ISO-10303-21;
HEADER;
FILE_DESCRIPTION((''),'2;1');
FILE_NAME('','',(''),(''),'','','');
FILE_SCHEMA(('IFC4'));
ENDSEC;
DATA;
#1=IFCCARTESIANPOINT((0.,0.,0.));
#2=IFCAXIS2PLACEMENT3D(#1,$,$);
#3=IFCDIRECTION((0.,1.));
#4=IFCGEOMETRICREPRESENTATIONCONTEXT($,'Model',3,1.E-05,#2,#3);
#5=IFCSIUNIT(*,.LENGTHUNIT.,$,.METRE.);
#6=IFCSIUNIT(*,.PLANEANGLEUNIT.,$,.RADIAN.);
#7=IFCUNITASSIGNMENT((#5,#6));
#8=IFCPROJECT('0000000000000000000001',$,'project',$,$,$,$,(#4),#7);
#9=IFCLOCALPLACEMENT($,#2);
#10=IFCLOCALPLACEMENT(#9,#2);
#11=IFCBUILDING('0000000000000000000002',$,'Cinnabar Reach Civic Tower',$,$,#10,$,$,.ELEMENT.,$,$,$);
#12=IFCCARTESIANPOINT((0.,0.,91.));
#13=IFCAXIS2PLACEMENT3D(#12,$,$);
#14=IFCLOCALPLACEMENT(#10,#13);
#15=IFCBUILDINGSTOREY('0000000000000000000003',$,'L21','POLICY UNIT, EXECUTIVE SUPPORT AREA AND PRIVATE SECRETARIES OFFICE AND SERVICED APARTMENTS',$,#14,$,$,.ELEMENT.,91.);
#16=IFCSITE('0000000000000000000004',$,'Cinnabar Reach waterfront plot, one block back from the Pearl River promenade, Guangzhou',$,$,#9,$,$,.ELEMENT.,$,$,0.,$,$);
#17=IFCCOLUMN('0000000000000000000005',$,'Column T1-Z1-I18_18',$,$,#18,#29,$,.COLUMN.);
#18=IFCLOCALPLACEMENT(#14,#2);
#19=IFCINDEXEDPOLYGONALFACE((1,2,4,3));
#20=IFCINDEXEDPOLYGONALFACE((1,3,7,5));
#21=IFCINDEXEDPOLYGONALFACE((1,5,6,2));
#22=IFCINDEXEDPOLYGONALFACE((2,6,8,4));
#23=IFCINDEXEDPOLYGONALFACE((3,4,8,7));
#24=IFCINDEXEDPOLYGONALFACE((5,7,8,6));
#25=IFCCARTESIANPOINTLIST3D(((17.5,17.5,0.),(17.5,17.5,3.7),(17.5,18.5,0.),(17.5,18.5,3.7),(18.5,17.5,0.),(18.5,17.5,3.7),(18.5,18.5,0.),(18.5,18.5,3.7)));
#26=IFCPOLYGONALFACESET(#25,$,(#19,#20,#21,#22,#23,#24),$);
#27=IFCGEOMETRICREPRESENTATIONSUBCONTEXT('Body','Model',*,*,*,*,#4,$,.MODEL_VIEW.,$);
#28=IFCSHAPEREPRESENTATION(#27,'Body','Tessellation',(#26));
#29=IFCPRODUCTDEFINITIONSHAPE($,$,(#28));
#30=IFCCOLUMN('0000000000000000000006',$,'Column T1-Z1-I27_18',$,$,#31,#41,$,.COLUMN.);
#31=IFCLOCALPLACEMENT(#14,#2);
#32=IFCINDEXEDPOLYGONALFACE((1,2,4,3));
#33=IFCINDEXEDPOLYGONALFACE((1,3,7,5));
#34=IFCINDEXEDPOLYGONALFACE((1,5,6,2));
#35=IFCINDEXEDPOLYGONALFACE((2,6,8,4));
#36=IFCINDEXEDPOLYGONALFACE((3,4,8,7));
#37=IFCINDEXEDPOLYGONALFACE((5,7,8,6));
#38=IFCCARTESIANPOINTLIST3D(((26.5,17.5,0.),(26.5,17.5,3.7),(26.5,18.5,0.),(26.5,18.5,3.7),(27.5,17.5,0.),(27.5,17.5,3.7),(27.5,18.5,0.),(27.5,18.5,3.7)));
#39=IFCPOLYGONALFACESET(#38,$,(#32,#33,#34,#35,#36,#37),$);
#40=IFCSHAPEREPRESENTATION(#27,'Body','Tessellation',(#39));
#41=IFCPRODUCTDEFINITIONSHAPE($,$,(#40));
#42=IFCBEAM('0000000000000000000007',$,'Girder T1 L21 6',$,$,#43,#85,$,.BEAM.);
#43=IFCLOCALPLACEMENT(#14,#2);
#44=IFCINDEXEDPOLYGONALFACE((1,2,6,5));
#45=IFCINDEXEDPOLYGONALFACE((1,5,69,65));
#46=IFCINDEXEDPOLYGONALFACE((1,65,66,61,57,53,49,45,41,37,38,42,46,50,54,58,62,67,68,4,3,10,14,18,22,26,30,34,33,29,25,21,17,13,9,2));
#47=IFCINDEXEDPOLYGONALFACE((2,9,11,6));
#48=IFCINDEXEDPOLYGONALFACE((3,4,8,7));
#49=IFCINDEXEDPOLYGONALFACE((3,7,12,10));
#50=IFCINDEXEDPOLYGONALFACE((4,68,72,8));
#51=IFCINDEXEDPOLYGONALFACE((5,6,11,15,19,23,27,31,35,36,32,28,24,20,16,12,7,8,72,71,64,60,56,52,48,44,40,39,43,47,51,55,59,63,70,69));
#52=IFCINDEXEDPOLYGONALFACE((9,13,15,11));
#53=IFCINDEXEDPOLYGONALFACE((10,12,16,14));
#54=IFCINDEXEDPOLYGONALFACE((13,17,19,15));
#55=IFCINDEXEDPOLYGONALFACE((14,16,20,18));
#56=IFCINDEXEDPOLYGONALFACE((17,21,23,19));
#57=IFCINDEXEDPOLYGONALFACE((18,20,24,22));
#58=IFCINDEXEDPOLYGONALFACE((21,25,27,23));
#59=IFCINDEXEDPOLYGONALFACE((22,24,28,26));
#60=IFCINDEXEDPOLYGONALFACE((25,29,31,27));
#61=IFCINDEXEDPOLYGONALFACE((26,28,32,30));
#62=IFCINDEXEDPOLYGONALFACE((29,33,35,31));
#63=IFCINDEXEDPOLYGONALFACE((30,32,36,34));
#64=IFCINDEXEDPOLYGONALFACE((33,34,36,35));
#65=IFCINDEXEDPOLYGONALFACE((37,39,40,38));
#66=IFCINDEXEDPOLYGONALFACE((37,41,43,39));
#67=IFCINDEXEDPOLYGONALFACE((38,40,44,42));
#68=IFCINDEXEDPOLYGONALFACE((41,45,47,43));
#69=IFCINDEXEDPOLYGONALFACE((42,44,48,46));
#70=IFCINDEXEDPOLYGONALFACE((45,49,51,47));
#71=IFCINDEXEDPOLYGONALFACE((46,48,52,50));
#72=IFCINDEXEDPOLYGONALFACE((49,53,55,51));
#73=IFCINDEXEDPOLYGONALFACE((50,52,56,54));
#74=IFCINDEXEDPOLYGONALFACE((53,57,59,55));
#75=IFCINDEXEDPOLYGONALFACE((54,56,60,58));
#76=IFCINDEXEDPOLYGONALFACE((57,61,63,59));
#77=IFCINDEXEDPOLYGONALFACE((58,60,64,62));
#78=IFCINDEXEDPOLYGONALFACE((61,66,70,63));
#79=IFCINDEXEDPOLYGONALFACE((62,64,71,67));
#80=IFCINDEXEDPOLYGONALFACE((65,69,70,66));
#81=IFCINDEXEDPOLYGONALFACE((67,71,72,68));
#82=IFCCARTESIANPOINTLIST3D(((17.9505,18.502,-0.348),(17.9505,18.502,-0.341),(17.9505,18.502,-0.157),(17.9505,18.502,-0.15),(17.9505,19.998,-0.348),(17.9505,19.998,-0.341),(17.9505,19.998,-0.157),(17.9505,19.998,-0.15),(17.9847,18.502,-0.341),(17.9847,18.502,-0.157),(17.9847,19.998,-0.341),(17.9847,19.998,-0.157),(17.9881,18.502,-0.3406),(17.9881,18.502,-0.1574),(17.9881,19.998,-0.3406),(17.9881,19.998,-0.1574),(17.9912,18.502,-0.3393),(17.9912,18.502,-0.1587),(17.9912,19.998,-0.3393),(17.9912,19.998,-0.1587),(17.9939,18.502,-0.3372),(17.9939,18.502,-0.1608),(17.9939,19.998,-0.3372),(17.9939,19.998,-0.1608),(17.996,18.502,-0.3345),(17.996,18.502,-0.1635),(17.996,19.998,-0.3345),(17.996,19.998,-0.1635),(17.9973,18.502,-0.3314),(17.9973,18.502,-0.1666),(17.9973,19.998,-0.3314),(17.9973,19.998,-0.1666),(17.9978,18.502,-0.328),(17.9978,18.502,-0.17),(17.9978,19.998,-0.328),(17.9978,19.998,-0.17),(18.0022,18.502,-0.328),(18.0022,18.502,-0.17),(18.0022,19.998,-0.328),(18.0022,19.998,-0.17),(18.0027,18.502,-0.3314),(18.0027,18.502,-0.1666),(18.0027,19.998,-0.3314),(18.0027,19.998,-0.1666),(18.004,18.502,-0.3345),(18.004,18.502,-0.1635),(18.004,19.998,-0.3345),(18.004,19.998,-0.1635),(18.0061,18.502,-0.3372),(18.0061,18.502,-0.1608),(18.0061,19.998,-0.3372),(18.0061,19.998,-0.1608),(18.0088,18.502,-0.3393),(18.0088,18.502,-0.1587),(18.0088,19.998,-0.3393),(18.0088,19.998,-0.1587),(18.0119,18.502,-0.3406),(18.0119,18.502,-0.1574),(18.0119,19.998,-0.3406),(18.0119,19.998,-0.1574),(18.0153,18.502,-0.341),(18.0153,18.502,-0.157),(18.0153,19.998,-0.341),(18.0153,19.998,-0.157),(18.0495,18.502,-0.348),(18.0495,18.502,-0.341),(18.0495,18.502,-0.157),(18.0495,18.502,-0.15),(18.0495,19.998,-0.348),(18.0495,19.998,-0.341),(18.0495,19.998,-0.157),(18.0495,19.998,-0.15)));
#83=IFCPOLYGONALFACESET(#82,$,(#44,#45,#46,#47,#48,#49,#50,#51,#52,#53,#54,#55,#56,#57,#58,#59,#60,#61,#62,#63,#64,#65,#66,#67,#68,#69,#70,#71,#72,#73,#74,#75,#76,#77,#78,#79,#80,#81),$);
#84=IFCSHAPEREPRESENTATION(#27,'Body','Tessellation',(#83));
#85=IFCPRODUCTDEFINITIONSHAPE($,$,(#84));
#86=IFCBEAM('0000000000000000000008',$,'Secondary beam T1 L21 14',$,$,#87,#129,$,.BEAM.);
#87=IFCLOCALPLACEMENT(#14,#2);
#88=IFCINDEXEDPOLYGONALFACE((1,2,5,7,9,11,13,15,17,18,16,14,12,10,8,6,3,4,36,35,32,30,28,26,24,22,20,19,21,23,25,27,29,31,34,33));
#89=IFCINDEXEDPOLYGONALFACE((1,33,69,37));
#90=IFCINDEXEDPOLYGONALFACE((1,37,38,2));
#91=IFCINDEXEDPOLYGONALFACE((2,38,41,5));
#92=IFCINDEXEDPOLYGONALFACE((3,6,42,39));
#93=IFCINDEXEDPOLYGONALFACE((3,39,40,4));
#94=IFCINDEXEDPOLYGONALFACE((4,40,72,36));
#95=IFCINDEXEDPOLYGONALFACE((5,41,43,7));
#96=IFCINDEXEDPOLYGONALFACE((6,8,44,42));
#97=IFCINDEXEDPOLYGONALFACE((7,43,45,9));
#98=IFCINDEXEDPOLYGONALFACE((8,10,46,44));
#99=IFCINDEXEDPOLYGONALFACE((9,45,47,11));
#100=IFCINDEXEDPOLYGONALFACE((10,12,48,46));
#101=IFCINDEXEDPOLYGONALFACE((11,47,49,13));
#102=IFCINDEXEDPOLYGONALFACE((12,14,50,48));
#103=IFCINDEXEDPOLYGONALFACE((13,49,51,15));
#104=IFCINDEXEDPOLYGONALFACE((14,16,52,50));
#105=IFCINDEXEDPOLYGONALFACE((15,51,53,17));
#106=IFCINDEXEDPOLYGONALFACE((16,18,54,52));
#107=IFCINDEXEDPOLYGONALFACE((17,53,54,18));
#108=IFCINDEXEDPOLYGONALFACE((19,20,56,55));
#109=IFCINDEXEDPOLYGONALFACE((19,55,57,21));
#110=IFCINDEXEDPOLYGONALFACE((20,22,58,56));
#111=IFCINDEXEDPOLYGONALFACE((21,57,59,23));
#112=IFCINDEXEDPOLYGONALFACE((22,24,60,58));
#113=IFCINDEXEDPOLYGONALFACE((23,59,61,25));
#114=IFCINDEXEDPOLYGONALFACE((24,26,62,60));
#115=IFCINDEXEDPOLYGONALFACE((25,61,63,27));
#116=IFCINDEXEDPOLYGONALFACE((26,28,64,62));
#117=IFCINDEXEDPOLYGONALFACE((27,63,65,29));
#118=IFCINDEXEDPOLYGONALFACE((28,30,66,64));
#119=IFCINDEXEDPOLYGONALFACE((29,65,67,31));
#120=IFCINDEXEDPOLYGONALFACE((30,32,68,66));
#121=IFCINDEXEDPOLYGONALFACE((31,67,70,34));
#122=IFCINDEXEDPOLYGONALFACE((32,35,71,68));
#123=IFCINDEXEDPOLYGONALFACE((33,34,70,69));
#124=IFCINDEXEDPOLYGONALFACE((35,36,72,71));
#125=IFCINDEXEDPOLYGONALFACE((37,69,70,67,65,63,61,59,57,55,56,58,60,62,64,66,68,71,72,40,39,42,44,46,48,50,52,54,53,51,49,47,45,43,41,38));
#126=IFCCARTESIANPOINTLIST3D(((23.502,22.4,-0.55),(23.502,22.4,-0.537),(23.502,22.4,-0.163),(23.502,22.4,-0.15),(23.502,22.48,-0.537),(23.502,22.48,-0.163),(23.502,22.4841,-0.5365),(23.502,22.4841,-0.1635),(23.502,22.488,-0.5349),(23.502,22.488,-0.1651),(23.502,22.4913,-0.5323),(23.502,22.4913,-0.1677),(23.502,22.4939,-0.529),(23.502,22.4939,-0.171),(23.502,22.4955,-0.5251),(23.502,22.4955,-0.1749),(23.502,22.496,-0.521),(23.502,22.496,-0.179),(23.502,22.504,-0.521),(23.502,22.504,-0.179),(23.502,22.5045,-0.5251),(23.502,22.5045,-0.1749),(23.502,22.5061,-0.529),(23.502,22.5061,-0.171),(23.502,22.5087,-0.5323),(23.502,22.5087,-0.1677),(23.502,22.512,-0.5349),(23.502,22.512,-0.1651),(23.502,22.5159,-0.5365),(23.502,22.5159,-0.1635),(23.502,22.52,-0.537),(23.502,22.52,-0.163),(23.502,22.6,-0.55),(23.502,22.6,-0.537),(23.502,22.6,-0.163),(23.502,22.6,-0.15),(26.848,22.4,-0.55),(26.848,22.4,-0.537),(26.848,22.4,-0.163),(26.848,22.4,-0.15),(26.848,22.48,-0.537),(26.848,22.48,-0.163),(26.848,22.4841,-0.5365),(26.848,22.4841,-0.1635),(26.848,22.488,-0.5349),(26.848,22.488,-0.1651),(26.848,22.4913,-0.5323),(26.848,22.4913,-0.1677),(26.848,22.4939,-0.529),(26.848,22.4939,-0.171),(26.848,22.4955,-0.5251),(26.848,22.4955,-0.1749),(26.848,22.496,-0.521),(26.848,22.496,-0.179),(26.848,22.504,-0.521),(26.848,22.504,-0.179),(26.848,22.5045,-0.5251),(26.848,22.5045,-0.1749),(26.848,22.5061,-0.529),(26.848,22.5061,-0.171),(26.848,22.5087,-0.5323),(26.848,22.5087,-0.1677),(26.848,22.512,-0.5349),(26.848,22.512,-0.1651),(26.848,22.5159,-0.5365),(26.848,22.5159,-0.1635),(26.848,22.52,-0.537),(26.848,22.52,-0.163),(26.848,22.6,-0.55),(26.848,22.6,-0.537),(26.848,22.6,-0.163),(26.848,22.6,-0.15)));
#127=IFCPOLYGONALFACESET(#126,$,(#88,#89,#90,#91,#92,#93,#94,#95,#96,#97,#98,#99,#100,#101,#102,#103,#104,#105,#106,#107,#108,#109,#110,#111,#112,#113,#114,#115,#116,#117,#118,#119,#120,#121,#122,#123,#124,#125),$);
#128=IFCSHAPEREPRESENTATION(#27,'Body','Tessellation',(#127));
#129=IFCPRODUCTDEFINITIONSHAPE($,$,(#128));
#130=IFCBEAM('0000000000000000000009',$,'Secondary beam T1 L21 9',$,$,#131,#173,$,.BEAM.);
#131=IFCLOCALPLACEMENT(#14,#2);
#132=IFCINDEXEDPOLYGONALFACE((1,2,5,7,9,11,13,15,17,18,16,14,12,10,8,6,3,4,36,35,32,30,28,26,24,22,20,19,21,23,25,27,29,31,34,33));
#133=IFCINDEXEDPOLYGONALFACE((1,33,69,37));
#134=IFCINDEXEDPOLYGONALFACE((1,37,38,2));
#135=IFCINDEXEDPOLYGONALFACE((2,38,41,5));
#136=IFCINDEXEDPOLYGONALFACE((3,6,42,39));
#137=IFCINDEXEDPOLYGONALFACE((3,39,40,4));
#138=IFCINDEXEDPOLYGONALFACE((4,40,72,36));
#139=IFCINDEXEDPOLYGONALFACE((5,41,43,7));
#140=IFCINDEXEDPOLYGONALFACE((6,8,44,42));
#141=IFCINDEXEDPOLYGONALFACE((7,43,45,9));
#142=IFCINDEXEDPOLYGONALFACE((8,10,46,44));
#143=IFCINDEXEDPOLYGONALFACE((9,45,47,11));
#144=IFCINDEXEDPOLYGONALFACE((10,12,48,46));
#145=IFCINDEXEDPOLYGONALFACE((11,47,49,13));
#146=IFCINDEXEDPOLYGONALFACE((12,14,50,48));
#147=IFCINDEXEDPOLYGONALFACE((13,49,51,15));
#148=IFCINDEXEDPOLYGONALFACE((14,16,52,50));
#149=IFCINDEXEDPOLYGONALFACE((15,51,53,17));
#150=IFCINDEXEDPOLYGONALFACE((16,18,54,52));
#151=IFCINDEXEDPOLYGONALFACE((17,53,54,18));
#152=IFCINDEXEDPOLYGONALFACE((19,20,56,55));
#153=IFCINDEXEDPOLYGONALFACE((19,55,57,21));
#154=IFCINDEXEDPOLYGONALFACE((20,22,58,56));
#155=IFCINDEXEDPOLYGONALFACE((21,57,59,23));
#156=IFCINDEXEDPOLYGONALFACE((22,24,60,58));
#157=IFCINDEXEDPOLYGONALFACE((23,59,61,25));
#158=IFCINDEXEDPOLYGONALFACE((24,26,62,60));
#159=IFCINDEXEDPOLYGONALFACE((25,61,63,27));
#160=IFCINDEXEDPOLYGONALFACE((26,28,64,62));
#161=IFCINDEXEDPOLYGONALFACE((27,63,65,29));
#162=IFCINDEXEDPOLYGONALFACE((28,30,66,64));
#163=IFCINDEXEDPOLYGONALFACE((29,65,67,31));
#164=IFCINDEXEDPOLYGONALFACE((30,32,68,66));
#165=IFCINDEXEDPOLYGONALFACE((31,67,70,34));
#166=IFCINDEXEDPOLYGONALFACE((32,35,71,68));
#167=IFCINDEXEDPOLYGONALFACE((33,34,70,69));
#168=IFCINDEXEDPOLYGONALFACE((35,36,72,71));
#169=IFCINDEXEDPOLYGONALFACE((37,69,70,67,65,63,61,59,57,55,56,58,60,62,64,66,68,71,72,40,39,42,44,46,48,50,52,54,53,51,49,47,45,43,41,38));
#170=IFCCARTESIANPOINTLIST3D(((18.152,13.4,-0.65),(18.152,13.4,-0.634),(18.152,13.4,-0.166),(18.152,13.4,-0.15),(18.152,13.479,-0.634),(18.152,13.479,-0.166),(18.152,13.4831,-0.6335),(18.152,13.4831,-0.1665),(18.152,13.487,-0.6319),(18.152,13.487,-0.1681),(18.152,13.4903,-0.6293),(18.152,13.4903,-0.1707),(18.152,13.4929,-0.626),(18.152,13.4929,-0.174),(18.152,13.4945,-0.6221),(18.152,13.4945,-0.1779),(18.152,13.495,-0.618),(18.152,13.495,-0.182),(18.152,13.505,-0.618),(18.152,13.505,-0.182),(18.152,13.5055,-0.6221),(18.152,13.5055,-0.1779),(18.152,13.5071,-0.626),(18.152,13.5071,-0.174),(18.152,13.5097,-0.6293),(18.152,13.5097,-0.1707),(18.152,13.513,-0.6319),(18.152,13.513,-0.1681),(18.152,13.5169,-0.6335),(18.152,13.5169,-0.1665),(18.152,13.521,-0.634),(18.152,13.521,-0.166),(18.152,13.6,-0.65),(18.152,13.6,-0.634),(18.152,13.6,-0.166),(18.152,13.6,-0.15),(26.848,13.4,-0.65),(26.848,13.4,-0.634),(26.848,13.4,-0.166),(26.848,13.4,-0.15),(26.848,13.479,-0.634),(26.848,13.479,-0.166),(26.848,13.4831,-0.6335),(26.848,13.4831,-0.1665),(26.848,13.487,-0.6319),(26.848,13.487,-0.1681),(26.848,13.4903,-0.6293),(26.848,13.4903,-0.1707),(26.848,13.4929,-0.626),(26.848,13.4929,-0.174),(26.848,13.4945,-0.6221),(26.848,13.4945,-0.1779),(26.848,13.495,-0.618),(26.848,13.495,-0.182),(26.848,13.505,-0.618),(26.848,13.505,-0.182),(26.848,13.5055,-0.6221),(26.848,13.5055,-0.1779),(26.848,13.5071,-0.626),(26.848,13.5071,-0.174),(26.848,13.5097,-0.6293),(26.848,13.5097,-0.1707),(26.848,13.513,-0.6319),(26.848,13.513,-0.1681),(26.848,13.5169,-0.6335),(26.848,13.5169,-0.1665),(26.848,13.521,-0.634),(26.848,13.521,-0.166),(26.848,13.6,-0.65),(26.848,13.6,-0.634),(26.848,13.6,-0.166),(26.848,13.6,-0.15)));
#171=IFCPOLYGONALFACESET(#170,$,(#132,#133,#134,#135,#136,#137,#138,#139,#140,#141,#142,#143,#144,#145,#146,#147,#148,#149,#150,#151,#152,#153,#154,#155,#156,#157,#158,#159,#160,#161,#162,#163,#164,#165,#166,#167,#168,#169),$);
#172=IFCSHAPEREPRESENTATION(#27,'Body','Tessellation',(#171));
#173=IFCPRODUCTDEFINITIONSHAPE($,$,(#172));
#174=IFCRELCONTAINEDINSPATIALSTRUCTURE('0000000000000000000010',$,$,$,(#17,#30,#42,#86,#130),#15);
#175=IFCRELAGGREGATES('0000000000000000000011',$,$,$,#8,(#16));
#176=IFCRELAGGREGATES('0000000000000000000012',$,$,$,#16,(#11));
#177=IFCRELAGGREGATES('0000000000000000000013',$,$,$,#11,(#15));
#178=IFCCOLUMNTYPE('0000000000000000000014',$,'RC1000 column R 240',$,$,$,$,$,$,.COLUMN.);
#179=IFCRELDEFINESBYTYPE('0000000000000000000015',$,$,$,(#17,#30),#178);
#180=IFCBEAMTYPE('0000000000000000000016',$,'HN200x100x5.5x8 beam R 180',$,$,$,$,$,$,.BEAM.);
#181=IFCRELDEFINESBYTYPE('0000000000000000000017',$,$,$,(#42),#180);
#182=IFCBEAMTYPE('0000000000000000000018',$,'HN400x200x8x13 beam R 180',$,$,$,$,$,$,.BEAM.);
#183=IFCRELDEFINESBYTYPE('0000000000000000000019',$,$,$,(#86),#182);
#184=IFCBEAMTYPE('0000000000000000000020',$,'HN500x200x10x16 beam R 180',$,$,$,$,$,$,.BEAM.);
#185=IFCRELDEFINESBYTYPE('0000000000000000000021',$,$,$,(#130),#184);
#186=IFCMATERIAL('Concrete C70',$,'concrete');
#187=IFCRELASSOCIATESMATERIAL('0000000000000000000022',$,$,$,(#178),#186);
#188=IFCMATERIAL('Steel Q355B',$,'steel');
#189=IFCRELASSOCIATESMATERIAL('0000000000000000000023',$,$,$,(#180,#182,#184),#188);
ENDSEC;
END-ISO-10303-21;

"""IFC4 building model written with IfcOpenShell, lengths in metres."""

from ifc_helpers import new_model, si_unit, direction, frame, origin, origin_2d, place, context, subcontext, project, spatial, rectangle, i_section, extrude, material, material_profile, profile_set, type_object, element, save


model = new_model("IFC4")

# Units and contexts
model_context = context("Model", 3, precision=1e-05, world=origin(), true_north=direction((0.0, 1.0)))
body_context = subcontext(model_context, "Body", "Model", "MODEL_VIEW")
ifc_project = project(units=[si_unit("LENGTHUNIT", "METRE"), si_unit("PLANEANGLEUNIT", "RADIAN")], contexts=[model_context])

# Site, building, storey
site_placement = place(None, origin())
site = spatial("IfcSite", under=ifc_project, at=site_placement, Name="Cinnabar Reach waterfront plot, one block back from the Pearl River promenade, Guangzhou", CompositionType="ELEMENT", RefElevation=0.0)
building_placement = place(site_placement, origin())
building = spatial("IfcBuilding", under=site, at=building_placement, Name="Cinnabar Reach Civic Tower", CompositionType="ELEMENT")
storey_placement = place(building_placement, frame((0.0, 0.0, 91.0)))
storey = spatial("IfcBuildingStorey", under=building, at=storey_placement, Name="L21", Description="POLICY UNIT, EXECUTIVE SUPPORT AREA AND PRIVATE SECRETARIES OFFICE AND SERVICED APARTMENTS", CompositionType="ELEMENT", Elevation=91.0)

# Columns
ifc_material_1 = material(Name="Concrete C70", Category="concrete")
ifc_material_profile_1 = material_profile(ifc_material_1, rectangle(XDim=1.0, YDim=1.0, at=origin_2d()), Name="RC1000")
ifc_profile_set_1 = profile_set([ifc_material_profile_1], Name="Concrete C70")
column_type = type_object("IfcColumnType", Name="RC1000 column R 240", PredefinedType="COLUMN", material=ifc_profile_set_1)
for number, where, z_axis, x_axis, name in (
    (1, (18.0, 18.0, 0.0), (0.0, 0.0, 1.0), (1.0, 0.0, 0.0), "Column T1-Z1-I18_18"),
    (2, (27.0, 18.0, 0.0), (0.0, 0.0, 1.0), (1.0, 0.0, 0.0), "Column T1-Z1-I27_18"),
):
    element("IfcColumn", number, at=place(storey_placement, frame(where, z_axis=z_axis, x_axis=x_axis)), inside=storey, type_object=column_type, Name=name, PredefinedType="COLUMN", context=body_context, shape_type="SweptSolid", body=[
        extrude(rectangle(XDim=1.0, YDim=1.0, at=origin_2d()), origin(), (0.0, 0.0, 1.0), 3.7),
    ])

# Beams
ifc_material_2 = material(Name="Steel Q355B", Category="steel")
ifc_material_profile_2 = material_profile(ifc_material_2, i_section(OverallWidth=0.099, OverallDepth=0.198, WebThickness=0.0045, FlangeThickness=0.007, FilletRadius=0.013, at=origin_2d()), Name="HN200x100x5.5x8")
ifc_profile_set_2 = profile_set([ifc_material_profile_2], Name="Steel Q355B")
beam_type_1 = type_object("IfcBeamType", Name="HN200x100x5.5x8 beam R 180", PredefinedType="BEAM", material=ifc_profile_set_2)
beam_1_placement = place(storey_placement, frame((18.0, 18.502, -0.249), z_axis=(0.0, 1.0, 0.0), x_axis=(-1.0, 0.0, 0.0)))
element("IfcBeam", 3, at=beam_1_placement, inside=storey, type_object=beam_type_1, Name="Girder T1 L21 6", PredefinedType="BEAM", context=body_context, shape_type="SweptSolid", body=[
    extrude(i_section(OverallWidth=0.099, OverallDepth=0.198, WebThickness=0.0045, FlangeThickness=0.007, FilletRadius=0.013, at=origin_2d()), origin(), (0.0, 0.0, 1.0), 1.496),
])
ifc_material_profile_3 = material_profile(ifc_material_2, i_section(OverallWidth=0.2, OverallDepth=0.4, WebThickness=0.008, FlangeThickness=0.013, FilletRadius=0.016, at=origin_2d()), Name="HN400x200x8x13")
ifc_profile_set_3 = profile_set([ifc_material_profile_3], Name="Steel Q355B")
beam_type_2 = type_object("IfcBeamType", Name="HN400x200x8x13 beam R 180", PredefinedType="BEAM", material=ifc_profile_set_3)
beam_2_placement = place(storey_placement, frame((23.502, 22.5, -0.35), z_axis=(1.0, 0.0, 0.0), x_axis=(0.0, 1.0, 0.0)))
element("IfcBeam", 4, at=beam_2_placement, inside=storey, type_object=beam_type_2, Name="Secondary beam T1 L21 14", PredefinedType="BEAM", context=body_context, shape_type="SweptSolid", body=[
    extrude(i_section(OverallWidth=0.2, OverallDepth=0.4, WebThickness=0.008, FlangeThickness=0.013, FilletRadius=0.016, at=origin_2d()), origin(), (0.0, 0.0, 1.0), 3.346),
])
ifc_material_profile_4 = material_profile(ifc_material_2, i_section(OverallWidth=0.2, OverallDepth=0.5, WebThickness=0.01, FlangeThickness=0.016, FilletRadius=0.016, at=origin_2d()), Name="HN500x200x10x16")
ifc_profile_set_4 = profile_set([ifc_material_profile_4], Name="Steel Q355B")
beam_type_3 = type_object("IfcBeamType", Name="HN500x200x10x16 beam R 180", PredefinedType="BEAM", material=ifc_profile_set_4)
beam_3_placement = place(storey_placement, frame((18.152, 13.5, -0.4), z_axis=(1.0, 0.0, 0.0), x_axis=(0.0, 1.0, 0.0)))
element("IfcBeam", 5, at=beam_3_placement, inside=storey, type_object=beam_type_3, Name="Secondary beam T1 L21 9", PredefinedType="BEAM", context=body_context, shape_type="SweptSolid", body=[
    extrude(i_section(OverallWidth=0.2, OverallDepth=0.5, WebThickness=0.01, FlangeThickness=0.016, FilletRadius=0.016, at=origin_2d()), origin(), (0.0, 0.0, 1.0), 8.696),
])

save(model, "model.ifc")
